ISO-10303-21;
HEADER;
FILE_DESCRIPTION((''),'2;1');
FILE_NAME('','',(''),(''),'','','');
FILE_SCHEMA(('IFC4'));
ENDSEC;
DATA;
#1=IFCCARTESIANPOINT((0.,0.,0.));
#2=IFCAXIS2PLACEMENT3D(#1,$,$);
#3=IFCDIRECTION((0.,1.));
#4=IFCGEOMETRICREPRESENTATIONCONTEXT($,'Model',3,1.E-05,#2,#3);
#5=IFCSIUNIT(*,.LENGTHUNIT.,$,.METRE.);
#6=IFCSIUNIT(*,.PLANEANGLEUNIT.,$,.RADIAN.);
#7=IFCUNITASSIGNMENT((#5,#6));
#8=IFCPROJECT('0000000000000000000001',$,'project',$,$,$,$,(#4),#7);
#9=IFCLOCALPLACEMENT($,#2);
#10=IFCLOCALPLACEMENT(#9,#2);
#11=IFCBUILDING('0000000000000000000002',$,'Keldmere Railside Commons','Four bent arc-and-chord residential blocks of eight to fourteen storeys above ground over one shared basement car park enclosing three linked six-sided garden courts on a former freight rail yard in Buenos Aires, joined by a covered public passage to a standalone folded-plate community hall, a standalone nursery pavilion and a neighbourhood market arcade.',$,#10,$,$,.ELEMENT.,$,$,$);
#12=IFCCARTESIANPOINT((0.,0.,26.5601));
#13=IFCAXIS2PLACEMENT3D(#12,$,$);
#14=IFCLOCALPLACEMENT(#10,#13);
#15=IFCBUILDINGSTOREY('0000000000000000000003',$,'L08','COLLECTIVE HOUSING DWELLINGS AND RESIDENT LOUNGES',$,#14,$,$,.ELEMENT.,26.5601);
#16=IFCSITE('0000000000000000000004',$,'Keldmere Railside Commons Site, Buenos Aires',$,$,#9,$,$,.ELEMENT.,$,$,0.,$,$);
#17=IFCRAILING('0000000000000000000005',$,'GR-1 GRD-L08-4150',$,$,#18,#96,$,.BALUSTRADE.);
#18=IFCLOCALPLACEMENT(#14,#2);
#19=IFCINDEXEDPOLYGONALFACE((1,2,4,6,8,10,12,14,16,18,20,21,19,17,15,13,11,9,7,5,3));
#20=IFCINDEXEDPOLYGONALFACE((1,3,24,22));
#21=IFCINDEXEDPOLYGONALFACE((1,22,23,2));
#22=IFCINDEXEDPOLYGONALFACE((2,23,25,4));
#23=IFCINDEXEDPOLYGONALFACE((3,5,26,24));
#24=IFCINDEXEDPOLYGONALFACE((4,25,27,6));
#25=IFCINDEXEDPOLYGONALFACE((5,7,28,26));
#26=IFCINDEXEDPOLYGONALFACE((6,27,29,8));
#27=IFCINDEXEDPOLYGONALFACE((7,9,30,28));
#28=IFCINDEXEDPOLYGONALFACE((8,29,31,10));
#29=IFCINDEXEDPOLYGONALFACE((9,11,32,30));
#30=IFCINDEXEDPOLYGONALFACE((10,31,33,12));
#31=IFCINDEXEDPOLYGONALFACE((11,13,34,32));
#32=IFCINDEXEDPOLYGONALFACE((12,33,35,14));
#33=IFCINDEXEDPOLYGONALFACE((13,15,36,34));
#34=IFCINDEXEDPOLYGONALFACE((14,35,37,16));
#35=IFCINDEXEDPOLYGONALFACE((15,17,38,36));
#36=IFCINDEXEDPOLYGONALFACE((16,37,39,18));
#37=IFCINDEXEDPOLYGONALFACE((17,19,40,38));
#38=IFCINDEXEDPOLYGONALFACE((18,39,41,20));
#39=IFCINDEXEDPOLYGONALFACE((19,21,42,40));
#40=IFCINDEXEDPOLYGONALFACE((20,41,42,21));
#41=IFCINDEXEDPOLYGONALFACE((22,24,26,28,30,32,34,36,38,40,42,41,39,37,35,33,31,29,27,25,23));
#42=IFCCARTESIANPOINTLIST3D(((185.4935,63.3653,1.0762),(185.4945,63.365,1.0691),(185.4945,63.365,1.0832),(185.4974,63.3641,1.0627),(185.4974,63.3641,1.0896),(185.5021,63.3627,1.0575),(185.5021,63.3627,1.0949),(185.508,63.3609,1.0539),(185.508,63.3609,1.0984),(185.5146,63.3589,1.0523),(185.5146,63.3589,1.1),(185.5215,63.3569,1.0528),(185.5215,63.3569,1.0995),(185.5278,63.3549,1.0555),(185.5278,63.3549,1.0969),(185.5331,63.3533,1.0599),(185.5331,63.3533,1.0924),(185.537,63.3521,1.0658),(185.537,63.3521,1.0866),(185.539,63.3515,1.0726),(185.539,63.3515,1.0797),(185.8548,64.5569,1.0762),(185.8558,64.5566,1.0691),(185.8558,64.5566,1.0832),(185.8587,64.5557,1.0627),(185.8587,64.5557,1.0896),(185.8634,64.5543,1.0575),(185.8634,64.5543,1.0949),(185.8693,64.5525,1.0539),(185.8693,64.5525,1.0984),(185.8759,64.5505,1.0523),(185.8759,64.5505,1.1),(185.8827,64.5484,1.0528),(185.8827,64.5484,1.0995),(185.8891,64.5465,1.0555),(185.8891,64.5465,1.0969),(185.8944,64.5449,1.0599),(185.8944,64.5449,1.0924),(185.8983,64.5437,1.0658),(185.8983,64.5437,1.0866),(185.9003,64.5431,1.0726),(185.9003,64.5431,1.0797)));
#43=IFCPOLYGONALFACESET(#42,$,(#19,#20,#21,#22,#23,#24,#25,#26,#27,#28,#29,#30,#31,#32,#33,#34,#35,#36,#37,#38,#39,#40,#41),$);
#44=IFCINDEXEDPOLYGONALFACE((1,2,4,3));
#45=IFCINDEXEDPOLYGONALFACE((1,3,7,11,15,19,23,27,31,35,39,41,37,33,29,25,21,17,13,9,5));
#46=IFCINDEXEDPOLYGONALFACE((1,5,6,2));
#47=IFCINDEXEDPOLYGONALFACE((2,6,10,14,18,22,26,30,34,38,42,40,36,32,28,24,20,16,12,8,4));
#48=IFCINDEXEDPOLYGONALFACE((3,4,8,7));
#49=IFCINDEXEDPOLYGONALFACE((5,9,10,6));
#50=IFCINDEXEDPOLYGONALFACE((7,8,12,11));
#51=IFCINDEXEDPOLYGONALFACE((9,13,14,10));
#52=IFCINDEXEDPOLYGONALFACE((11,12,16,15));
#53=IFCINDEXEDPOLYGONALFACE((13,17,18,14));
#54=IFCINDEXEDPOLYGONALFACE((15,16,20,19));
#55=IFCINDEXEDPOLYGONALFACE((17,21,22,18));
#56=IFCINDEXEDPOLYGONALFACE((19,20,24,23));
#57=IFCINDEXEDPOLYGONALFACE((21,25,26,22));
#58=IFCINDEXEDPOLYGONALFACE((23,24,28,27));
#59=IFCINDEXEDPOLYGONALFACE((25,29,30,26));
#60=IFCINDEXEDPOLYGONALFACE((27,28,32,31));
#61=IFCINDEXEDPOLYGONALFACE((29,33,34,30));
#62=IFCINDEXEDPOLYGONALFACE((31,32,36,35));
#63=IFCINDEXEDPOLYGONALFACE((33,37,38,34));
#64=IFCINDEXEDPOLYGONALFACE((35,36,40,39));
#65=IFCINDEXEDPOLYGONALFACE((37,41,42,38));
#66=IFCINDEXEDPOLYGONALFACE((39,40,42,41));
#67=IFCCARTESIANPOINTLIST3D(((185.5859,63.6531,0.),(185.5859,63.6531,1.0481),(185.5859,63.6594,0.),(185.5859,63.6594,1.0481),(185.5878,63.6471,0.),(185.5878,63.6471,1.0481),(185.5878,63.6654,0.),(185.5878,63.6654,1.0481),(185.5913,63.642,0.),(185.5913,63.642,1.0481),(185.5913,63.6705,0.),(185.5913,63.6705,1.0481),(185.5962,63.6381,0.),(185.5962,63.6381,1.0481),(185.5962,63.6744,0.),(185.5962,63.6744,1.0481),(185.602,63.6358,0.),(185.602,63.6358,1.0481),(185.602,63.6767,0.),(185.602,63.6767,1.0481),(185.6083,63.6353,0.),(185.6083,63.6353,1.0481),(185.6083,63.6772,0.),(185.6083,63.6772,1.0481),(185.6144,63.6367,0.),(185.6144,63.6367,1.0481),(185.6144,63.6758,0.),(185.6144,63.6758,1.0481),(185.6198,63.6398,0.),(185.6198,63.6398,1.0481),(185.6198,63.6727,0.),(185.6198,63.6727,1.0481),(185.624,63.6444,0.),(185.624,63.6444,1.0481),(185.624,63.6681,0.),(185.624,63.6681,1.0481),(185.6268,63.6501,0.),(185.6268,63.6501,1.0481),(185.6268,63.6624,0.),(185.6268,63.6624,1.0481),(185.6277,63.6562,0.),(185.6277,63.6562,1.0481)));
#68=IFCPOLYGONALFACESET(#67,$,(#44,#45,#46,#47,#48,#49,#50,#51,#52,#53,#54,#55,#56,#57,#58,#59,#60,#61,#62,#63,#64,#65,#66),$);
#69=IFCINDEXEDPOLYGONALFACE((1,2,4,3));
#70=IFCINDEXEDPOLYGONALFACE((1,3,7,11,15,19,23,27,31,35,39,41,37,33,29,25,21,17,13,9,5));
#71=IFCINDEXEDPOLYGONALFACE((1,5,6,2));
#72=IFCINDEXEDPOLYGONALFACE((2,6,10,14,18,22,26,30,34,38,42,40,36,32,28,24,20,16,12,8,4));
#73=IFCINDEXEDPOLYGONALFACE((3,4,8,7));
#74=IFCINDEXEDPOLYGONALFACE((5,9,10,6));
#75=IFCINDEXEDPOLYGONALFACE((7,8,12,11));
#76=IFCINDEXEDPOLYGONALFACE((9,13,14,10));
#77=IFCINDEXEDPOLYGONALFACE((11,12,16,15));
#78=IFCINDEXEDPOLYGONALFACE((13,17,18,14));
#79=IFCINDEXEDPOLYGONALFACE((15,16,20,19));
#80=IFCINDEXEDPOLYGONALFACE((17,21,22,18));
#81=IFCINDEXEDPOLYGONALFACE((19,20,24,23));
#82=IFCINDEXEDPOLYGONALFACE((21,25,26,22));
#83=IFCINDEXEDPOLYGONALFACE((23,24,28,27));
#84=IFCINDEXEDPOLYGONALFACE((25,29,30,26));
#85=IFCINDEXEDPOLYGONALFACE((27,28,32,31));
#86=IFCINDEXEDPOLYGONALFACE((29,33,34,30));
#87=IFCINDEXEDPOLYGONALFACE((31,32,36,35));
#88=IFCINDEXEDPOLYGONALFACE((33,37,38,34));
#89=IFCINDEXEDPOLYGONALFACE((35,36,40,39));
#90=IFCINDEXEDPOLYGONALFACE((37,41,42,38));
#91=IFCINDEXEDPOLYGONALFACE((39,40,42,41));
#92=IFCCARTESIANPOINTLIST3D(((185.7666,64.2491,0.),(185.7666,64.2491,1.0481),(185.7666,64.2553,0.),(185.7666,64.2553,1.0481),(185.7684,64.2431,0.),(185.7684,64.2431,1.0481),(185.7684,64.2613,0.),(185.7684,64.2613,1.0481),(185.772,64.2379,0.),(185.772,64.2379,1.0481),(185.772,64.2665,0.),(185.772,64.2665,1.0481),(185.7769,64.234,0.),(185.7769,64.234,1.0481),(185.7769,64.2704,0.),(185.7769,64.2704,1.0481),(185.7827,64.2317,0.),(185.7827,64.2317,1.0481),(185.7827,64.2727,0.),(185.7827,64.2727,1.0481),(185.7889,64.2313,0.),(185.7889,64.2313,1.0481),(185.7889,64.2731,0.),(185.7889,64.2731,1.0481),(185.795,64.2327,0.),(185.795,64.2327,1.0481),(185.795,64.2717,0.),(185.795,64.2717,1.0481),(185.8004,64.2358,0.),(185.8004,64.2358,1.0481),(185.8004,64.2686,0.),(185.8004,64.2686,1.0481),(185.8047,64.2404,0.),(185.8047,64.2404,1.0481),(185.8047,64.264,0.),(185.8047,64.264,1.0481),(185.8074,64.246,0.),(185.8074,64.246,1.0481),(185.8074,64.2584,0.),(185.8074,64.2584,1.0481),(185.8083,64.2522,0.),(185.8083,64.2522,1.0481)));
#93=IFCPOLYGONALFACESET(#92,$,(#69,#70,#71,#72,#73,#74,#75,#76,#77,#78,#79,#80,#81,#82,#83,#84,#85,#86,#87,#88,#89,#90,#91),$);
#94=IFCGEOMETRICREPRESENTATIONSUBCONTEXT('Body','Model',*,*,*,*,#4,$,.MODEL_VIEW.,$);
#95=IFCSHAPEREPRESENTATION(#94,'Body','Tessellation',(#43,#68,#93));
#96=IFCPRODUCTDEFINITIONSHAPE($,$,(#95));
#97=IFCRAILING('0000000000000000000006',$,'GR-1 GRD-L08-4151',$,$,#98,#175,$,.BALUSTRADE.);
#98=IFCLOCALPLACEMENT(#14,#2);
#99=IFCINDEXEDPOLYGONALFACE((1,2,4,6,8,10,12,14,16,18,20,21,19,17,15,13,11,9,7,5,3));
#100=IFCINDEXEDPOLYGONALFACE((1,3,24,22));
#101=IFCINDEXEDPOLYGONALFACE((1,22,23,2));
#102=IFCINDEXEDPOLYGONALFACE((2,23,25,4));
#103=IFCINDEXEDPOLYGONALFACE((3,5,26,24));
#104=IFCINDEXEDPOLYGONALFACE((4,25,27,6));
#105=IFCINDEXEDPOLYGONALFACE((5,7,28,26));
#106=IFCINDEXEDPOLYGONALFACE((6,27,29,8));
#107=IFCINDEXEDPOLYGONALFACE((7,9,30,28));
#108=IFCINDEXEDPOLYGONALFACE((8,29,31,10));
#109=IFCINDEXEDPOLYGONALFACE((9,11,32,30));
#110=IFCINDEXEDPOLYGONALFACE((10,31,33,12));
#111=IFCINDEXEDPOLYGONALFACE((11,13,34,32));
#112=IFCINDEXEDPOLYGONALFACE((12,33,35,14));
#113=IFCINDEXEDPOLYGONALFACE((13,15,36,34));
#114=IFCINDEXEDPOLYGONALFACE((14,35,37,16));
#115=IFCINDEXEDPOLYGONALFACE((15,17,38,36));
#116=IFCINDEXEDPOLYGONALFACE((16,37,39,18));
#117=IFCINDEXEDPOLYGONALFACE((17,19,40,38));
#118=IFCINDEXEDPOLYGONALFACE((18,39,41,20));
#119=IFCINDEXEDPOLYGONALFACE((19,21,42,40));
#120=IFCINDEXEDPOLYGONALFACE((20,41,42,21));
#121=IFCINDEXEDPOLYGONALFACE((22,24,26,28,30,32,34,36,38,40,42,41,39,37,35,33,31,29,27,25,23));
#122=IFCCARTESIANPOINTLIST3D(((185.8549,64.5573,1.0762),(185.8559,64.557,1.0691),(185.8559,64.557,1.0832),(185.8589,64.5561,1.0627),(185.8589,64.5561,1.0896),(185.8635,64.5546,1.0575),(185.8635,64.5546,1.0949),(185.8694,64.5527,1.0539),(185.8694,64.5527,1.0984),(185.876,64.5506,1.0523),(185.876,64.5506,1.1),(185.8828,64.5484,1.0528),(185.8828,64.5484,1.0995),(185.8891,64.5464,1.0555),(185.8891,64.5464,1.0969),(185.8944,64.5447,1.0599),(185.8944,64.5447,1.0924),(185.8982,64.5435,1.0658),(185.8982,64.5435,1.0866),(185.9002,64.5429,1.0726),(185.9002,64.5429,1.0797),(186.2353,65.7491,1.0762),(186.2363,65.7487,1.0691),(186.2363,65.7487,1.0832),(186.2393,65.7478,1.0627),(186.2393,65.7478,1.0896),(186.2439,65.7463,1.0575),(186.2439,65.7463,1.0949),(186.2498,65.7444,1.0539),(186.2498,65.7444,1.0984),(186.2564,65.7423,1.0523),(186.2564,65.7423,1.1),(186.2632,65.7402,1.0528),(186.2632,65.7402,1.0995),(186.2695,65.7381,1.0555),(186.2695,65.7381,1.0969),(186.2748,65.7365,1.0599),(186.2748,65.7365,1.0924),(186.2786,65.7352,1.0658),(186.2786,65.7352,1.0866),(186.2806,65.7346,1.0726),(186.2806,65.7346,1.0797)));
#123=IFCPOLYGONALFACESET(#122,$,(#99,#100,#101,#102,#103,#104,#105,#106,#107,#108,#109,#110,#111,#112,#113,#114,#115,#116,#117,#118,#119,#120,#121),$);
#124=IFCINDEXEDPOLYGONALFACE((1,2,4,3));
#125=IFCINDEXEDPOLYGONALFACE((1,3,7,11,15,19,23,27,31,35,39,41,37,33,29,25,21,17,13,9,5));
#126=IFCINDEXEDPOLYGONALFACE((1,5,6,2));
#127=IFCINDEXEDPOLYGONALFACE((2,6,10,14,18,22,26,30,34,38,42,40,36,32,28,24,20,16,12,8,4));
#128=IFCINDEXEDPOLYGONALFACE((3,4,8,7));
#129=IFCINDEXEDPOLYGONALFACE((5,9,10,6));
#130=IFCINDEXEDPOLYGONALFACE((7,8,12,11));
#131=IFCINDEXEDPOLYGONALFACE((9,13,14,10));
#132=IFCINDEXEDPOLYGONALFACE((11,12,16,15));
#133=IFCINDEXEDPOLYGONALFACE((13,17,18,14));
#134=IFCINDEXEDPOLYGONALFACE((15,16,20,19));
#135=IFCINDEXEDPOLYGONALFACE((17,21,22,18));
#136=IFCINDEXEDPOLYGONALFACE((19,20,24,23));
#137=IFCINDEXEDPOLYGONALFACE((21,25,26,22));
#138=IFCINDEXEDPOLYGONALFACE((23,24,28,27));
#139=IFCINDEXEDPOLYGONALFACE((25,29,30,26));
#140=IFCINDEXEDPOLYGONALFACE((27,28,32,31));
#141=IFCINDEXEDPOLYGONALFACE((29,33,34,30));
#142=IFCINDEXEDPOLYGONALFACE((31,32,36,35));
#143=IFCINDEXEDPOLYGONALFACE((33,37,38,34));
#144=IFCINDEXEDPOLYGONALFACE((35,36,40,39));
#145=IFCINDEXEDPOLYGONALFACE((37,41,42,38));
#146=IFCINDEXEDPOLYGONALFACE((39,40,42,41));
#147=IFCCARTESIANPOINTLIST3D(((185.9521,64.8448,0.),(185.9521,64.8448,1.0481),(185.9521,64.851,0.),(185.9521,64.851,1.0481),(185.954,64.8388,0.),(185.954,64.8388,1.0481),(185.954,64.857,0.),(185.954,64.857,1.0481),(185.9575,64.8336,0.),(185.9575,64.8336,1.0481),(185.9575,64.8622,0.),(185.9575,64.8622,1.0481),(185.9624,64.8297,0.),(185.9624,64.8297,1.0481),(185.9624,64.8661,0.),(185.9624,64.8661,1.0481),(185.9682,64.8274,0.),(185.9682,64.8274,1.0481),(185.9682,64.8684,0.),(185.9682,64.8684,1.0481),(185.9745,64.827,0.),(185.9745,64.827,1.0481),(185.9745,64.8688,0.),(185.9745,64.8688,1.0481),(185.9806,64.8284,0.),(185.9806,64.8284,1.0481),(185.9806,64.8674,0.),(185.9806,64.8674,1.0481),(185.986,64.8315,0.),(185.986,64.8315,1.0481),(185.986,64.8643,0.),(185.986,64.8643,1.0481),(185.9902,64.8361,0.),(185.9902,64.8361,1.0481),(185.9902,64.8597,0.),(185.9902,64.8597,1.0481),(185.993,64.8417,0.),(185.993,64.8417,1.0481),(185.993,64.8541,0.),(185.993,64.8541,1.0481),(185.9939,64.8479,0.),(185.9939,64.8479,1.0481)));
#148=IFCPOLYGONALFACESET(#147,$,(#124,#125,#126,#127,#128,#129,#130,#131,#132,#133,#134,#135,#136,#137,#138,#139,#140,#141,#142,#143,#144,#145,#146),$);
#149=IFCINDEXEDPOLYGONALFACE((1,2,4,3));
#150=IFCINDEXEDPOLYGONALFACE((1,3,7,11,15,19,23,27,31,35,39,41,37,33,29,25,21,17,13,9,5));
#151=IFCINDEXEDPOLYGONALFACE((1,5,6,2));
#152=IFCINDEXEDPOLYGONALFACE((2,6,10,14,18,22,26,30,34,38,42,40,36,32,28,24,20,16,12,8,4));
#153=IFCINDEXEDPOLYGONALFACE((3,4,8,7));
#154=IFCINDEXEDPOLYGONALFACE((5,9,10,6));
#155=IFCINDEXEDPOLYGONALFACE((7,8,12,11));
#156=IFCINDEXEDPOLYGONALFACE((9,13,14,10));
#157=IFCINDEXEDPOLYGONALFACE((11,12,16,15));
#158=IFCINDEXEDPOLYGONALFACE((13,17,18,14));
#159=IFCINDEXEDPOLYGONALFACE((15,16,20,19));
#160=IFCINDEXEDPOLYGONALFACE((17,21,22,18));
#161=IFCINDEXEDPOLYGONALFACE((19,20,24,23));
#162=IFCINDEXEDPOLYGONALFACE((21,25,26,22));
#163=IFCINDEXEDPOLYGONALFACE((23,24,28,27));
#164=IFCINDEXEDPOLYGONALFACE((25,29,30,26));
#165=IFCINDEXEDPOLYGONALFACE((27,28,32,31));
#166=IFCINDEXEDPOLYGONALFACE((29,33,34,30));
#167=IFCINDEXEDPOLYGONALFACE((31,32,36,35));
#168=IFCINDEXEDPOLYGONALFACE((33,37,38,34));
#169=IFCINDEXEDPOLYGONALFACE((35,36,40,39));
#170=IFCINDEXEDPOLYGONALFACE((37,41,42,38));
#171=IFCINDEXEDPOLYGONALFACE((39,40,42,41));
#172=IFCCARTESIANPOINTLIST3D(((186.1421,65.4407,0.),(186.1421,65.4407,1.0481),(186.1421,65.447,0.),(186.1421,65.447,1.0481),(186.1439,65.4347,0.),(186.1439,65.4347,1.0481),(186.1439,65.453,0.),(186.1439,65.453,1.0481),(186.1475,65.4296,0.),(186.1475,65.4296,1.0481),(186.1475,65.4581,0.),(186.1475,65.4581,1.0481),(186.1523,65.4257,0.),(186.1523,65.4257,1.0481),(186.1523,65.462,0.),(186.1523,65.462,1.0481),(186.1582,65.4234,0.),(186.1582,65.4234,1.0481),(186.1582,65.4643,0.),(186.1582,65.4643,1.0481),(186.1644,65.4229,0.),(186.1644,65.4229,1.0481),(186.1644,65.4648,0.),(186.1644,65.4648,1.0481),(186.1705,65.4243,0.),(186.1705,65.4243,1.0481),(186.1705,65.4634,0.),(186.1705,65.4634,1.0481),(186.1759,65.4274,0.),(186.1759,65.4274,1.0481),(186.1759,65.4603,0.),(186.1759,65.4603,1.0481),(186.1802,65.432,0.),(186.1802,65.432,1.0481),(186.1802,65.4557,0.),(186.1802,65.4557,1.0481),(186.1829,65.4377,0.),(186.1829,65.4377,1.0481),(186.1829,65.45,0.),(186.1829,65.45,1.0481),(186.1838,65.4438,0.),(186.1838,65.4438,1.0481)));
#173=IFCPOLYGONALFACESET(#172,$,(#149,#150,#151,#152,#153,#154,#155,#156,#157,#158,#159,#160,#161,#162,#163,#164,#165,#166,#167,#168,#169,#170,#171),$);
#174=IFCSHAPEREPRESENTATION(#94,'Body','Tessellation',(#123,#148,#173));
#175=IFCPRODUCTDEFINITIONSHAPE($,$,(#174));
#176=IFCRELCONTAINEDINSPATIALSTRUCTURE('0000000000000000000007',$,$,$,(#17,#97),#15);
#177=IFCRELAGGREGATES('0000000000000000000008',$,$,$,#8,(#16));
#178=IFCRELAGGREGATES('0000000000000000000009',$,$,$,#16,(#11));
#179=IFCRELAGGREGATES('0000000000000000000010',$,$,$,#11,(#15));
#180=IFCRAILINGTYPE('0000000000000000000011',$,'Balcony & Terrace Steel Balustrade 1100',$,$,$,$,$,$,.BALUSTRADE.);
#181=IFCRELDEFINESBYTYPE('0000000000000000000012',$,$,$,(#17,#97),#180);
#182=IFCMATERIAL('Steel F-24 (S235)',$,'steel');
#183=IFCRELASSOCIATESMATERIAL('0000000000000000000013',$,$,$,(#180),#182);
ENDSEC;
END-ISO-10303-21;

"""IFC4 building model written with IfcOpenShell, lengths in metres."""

from ifc_helpers import new_model, si_unit, direction, frame, origin, origin_2d, place, context, subcontext, project, spatial, circle, extrude, material, type_object, element, save


model = new_model("IFC4")

# Units and contexts
model_context = context("Model", 3, precision=1e-05, world=origin(), true_north=direction((0.0, 1.0)))
body_context = subcontext(model_context, "Body", "Model", "MODEL_VIEW")
ifc_project = project(units=[si_unit("LENGTHUNIT", "METRE"), si_unit("PLANEANGLEUNIT", "RADIAN")], contexts=[model_context])

# Site, building, storey
site_placement = place(None, origin())
site = spatial("IfcSite", under=ifc_project, at=site_placement, Name="Keldmere Railside Commons Site, Buenos Aires", CompositionType="ELEMENT", RefElevation=0.0)
building_placement = place(site_placement, origin())
building = spatial("IfcBuilding", under=site, at=building_placement, Name="Keldmere Railside Commons", Description="Four bent arc-and-chord residential blocks of eight to fourteen storeys above ground over one shared basement car park enclosing three linked six-sided garden courts on a former freight rail yard in Buenos Aires, joined by a covered public passage to a standalone folded-plate community hall, a standalone nursery pavilion and a neighbourhood market arcade.", CompositionType="ELEMENT")
storey_placement = place(building_placement, frame((0.0, 0.0, 26.5601)))
storey = spatial("IfcBuildingStorey", under=building, at=storey_placement, Name="L08", Description="COLLECTIVE HOUSING DWELLINGS AND RESIDENT LOUNGES", CompositionType="ELEMENT", Elevation=26.5601)

# Shared definitions
ifc_material_1 = material(Name="Steel F-24 (S235)", Category="steel")

# Railings
railing_type_1 = type_object("IfcRailingType", Name="Balcony & Terrace Steel Balustrade 1100", PredefinedType="BALUSTRADE", material=ifc_material_1)
railing_1_placement = place(storey_placement, frame((185.5164, 63.3584, 0.0)))
element("IfcRailing", 1, at=railing_1_placement, inside=storey, type_object=railing_type_1, Name="GR-1 GRD-L08-4150", PredefinedType="BALUSTRADE", context=body_context, shape_type="SweptSolid", body=[
    extrude(circle(Radius=0.0239, at=origin_2d()), frame((0.0, 0.0, 1.0762), z_axis=(0.290171, 0.956975, 0.0), x_axis=(-0.956975, 0.290171, 0.0)), (0.0, 0.0, 1.0), 1.2451),
    extrude(circle(Radius=0.021, at=origin_2d()), frame((0.0903, 0.2979, 0.0)), (0.0, 0.0, 1.0), 1.0481),
    extrude(circle(Radius=0.021, at=origin_2d()), frame((0.271, 0.8938, 0.0)), (0.0, 0.0, 1.0), 1.0481),
])
railing_2_placement = place(storey_placement, frame((185.8777, 64.55, 0.0)))
element("IfcRailing", 2, at=railing_2_placement, inside=storey, type_object=railing_type_1, Name="GR-1 GRD-L08-4151", PredefinedType="BALUSTRADE", context=body_context, shape_type="SweptSolid", body=[
    extrude(circle(Radius=0.0239, at=origin_2d()), frame((0.0, 0.0, 1.0762), z_axis=(0.304082, 0.952646, 0.0), x_axis=(-0.952646, 0.304082, 0.0)), (0.0, 0.0, 1.0), 1.251),
    extrude(circle(Radius=0.021, at=origin_2d()), frame((0.0952, 0.2979, 0.0)), (0.0, 0.0, 1.0), 1.0481),
    extrude(circle(Radius=0.021, at=origin_2d()), frame((0.2852, 0.8938, 0.0)), (0.0, 0.0, 1.0), 1.0481),
])

save(model, "model.ifc")
